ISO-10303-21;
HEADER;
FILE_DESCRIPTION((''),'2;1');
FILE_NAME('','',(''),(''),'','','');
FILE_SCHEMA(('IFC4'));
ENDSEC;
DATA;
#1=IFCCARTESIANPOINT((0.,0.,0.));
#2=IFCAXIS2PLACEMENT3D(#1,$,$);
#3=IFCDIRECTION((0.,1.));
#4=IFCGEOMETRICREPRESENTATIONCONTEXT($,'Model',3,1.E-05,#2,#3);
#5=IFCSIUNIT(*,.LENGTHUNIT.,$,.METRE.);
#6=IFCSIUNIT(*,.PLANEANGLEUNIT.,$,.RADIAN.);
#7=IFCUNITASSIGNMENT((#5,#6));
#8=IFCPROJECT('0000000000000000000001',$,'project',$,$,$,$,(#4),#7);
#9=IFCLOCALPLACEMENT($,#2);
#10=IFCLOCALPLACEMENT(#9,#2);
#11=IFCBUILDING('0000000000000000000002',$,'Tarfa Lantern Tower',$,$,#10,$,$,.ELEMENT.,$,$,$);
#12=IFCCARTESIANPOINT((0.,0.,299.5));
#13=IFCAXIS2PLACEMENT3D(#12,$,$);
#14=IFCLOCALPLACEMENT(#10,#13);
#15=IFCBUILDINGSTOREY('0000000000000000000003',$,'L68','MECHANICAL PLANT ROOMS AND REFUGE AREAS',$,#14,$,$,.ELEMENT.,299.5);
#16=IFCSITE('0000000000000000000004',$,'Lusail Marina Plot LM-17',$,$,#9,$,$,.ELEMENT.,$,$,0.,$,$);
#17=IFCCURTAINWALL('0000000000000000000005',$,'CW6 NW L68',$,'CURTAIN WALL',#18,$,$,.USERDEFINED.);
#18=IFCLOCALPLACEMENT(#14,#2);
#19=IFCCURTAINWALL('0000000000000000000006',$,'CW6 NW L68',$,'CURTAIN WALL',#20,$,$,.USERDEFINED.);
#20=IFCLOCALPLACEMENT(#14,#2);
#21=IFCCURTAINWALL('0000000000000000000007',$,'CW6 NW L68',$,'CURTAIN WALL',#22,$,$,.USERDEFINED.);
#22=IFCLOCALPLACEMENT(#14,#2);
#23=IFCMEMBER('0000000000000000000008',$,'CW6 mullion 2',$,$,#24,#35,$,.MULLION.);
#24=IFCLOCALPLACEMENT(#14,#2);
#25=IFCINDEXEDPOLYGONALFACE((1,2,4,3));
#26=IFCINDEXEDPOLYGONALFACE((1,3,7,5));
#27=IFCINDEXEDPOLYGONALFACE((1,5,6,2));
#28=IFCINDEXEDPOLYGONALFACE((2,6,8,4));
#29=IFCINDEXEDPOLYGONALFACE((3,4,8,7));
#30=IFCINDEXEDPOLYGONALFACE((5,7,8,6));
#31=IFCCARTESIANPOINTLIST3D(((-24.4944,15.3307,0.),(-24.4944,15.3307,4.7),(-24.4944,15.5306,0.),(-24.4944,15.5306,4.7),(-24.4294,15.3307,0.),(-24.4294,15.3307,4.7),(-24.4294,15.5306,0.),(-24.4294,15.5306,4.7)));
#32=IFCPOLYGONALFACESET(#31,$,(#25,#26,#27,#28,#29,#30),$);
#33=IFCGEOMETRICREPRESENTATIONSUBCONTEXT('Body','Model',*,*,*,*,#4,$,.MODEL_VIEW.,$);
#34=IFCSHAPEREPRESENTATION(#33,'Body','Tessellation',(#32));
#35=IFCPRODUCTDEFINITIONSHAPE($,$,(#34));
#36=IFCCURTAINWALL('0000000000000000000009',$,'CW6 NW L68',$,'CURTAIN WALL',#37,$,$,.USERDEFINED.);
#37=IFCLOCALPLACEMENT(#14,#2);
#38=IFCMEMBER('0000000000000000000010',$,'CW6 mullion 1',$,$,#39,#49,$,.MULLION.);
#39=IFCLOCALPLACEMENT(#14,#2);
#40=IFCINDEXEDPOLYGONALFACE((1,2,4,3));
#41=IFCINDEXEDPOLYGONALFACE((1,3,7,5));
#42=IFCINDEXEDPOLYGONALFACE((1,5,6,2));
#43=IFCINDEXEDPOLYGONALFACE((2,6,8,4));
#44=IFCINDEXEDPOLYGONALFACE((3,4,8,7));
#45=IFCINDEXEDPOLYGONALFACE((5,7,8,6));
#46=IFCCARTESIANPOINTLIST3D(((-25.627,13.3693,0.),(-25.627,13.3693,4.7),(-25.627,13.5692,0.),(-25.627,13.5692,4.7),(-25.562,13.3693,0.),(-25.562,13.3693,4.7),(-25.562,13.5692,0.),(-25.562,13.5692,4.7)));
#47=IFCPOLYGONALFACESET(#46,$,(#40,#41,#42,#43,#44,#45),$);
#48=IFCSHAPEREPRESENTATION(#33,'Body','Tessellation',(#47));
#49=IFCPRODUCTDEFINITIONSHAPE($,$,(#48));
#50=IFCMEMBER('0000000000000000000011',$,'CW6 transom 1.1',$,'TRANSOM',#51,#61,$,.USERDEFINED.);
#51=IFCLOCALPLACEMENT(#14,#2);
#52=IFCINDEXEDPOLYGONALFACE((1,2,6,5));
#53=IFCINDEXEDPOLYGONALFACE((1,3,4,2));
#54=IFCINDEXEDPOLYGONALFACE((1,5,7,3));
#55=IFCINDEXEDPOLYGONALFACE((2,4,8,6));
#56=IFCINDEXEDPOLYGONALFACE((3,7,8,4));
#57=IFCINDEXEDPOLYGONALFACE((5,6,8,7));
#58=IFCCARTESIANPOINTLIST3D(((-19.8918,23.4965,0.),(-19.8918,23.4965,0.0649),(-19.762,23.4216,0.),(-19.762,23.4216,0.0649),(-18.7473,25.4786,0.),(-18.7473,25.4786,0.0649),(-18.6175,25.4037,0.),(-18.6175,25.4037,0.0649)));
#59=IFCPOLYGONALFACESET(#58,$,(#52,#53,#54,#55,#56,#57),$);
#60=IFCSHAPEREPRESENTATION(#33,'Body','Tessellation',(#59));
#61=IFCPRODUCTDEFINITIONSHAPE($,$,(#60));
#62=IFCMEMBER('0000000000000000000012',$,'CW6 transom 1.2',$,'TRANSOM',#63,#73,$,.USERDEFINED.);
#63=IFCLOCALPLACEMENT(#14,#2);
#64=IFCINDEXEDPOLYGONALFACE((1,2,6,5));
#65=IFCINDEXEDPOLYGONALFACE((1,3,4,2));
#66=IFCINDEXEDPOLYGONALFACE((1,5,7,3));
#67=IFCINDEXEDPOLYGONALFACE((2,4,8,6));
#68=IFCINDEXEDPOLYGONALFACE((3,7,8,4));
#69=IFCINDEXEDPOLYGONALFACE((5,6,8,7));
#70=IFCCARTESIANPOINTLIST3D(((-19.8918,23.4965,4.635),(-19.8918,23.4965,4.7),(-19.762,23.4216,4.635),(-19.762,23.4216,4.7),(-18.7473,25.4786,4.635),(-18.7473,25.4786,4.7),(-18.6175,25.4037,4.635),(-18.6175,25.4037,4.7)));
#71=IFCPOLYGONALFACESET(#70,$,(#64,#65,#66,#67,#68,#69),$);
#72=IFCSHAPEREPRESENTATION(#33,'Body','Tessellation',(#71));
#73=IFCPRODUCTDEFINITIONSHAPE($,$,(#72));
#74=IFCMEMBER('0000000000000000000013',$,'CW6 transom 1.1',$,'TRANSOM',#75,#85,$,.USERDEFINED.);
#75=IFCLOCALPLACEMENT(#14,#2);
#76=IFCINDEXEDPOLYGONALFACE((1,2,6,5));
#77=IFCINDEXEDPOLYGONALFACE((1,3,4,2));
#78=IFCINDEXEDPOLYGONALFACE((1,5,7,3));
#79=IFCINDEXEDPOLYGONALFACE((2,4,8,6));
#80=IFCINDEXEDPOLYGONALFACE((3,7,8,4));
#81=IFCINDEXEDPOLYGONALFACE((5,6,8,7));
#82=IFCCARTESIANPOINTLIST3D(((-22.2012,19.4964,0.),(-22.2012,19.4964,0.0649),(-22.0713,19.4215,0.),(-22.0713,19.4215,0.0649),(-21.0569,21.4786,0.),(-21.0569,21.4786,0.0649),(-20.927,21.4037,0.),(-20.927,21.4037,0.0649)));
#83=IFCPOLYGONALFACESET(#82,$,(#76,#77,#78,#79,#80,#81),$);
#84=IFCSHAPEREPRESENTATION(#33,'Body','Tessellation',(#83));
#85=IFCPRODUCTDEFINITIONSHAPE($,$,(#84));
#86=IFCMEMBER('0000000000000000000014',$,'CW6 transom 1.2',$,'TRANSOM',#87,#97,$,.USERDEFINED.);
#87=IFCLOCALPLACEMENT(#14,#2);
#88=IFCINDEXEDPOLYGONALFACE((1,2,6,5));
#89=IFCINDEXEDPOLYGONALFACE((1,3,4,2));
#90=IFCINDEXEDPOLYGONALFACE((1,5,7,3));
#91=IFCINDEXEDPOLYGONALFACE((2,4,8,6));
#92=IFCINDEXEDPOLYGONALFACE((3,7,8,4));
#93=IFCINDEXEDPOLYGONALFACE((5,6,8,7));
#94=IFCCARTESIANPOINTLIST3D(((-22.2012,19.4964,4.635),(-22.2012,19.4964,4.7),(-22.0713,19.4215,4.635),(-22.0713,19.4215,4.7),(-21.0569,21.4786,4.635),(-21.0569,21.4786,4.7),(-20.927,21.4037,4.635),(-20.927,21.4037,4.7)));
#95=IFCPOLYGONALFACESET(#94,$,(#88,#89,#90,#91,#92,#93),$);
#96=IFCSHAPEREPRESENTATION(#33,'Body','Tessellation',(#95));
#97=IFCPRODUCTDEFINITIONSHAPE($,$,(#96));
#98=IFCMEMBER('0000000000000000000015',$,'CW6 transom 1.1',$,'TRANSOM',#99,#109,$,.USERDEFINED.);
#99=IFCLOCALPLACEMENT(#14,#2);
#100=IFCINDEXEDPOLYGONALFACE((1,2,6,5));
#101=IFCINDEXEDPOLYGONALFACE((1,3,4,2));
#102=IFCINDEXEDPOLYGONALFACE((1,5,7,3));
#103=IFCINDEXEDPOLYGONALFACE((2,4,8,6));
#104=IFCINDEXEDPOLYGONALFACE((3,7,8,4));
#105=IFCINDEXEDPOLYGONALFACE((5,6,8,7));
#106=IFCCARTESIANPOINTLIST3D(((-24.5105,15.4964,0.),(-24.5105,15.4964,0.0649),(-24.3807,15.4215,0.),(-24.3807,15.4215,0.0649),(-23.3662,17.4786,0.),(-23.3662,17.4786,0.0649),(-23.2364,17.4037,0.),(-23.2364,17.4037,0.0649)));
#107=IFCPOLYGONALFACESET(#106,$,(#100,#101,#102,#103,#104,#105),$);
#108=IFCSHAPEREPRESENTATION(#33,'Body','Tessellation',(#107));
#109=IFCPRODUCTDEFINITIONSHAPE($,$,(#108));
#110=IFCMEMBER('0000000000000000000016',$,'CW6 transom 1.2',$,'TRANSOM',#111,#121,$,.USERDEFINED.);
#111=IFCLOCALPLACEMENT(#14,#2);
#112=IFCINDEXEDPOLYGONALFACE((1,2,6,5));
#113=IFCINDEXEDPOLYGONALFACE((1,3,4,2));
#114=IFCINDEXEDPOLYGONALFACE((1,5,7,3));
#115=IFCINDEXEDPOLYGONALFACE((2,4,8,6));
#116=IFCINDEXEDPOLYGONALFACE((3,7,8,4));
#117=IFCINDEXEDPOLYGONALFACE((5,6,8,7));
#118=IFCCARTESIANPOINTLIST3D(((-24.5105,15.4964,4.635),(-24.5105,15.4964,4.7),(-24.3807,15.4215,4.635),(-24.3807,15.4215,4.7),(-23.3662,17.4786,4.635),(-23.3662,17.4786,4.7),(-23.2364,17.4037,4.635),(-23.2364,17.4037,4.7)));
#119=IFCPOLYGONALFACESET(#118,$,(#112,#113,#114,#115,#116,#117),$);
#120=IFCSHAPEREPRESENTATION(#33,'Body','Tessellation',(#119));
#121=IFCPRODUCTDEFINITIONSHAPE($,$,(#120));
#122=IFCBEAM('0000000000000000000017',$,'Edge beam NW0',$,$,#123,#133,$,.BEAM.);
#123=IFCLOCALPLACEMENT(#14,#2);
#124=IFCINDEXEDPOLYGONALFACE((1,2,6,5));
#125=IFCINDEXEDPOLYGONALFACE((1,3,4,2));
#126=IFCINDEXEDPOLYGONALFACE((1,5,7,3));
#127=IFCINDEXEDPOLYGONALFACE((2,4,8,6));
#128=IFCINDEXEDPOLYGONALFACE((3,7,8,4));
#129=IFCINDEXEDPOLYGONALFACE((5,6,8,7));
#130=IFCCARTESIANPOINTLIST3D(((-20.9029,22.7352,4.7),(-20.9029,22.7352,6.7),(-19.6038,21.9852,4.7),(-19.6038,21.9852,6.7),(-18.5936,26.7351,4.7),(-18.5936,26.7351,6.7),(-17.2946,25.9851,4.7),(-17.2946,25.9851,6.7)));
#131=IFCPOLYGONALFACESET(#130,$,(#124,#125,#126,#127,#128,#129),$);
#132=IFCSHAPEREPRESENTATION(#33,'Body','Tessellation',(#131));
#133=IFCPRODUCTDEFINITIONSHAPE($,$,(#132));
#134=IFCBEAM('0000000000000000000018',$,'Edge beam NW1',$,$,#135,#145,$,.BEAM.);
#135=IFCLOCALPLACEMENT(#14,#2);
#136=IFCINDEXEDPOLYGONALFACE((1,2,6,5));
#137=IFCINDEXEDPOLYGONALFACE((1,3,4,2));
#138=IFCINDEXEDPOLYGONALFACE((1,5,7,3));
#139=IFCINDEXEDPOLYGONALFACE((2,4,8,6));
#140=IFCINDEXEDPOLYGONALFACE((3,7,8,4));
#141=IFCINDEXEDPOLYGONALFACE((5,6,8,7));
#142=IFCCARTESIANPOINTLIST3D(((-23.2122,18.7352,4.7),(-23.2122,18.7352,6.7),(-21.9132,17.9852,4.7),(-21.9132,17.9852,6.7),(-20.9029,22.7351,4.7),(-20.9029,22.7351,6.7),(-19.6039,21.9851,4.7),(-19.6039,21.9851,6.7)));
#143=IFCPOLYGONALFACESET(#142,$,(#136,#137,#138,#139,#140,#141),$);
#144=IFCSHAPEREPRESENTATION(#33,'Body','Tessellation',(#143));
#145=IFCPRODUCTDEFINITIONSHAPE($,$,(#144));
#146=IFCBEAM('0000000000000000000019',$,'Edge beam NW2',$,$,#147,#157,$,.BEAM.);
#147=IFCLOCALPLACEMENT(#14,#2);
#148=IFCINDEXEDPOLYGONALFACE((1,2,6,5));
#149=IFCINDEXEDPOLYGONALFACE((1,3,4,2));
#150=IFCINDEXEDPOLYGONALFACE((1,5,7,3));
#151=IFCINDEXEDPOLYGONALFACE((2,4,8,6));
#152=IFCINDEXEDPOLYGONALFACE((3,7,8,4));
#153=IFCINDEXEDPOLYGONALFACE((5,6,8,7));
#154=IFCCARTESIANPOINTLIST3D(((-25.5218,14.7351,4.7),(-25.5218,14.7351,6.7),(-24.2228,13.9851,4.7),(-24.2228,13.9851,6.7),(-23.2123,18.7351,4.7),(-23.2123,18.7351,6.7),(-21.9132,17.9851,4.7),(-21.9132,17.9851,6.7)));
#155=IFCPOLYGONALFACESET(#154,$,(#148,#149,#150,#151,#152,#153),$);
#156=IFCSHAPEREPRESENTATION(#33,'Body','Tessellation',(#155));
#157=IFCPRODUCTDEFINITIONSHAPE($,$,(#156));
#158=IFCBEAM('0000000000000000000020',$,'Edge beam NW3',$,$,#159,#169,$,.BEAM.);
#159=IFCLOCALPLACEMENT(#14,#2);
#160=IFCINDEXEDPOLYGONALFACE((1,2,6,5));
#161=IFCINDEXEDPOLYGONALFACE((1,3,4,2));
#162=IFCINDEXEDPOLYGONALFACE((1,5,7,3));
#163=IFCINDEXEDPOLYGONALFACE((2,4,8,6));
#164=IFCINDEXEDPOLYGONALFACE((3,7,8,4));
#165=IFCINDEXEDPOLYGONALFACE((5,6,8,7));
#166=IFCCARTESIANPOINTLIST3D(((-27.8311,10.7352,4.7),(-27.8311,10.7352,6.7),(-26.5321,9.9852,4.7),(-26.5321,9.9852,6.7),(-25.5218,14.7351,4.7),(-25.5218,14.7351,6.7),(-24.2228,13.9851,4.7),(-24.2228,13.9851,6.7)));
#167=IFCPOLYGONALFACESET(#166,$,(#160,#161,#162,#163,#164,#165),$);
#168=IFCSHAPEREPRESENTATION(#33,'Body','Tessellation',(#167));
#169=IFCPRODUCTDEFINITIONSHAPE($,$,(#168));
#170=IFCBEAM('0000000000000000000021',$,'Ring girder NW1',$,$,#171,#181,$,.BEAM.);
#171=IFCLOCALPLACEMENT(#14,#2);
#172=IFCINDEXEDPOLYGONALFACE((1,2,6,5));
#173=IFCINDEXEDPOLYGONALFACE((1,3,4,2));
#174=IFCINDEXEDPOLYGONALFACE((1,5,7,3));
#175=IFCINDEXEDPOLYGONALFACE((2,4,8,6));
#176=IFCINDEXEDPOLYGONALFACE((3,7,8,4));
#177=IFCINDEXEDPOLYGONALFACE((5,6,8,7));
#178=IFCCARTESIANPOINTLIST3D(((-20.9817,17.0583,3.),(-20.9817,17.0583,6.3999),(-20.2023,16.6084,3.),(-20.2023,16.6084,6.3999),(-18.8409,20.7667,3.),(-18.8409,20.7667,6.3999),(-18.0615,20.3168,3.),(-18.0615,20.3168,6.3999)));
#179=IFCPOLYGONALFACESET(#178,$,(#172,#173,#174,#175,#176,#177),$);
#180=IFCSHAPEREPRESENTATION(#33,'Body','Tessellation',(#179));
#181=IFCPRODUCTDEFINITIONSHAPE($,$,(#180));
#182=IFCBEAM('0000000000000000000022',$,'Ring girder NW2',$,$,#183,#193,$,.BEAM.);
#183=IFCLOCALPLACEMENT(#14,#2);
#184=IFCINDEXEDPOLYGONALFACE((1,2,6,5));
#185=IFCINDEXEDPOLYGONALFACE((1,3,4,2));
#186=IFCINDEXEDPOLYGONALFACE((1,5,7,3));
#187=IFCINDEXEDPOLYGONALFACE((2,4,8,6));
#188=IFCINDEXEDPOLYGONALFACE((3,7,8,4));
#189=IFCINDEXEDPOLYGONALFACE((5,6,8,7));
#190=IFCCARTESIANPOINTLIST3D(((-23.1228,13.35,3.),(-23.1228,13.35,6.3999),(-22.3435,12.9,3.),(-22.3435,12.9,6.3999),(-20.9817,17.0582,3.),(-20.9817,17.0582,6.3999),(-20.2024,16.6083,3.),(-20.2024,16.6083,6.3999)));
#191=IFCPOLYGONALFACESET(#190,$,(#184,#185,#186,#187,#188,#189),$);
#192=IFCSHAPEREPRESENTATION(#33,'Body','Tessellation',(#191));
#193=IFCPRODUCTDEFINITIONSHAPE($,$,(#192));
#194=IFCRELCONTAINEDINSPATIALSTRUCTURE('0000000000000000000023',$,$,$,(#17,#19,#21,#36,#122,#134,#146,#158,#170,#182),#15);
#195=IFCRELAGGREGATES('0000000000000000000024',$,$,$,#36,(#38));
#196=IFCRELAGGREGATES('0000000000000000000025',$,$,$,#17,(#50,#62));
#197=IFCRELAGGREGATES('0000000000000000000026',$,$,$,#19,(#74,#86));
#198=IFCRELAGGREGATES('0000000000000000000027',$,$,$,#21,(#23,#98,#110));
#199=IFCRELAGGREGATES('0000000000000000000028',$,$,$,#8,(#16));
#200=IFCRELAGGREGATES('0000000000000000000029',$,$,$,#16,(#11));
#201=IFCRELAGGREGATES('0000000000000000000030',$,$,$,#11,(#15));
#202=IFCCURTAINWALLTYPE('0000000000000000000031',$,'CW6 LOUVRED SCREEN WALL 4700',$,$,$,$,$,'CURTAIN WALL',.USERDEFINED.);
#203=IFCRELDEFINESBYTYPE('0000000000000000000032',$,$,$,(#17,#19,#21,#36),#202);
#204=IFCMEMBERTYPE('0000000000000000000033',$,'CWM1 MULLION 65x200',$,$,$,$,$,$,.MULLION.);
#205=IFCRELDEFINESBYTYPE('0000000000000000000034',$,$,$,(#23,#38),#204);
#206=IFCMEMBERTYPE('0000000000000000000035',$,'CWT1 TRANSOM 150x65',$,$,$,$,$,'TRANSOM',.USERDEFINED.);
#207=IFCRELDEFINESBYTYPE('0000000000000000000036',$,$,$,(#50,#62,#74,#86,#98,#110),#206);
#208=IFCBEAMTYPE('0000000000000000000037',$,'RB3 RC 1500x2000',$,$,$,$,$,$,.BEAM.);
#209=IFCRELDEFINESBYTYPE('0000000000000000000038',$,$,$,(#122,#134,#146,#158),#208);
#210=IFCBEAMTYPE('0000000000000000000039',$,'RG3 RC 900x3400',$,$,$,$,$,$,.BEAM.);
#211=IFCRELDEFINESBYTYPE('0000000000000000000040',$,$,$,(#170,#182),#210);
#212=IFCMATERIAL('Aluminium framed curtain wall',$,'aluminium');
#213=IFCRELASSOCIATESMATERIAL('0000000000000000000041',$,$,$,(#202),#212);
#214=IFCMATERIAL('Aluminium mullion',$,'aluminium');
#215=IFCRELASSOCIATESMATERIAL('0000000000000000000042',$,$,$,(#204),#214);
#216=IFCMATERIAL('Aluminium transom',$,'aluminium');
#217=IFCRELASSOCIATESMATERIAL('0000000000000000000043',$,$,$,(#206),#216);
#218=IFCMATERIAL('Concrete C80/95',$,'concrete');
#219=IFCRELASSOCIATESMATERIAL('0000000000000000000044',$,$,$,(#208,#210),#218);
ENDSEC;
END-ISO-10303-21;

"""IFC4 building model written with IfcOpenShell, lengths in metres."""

from ifc_helpers import new_model, si_unit, direction, frame, origin, origin_2d, place, context, subcontext, project, spatial, rectangle, extrude, material, material_profile, profile_set, type_object, element, aggregate, save


model = new_model("IFC4")

# Units and contexts
model_context = context("Model", 3, precision=1e-05, world=origin(), true_north=direction((0.0, 1.0)))
body_context = subcontext(model_context, "Body", "Model", "MODEL_VIEW")
ifc_project = project(units=[si_unit("LENGTHUNIT", "METRE"), si_unit("PLANEANGLEUNIT", "RADIAN")], contexts=[model_context])

# Site, building, storey
site_placement = place(None, origin())
site = spatial("IfcSite", under=ifc_project, at=site_placement, Name="Lusail Marina Plot LM-17", CompositionType="ELEMENT", RefElevation=0.0)
building_placement = place(site_placement, origin())
building = spatial("IfcBuilding", under=site, at=building_placement, Name="Tarfa Lantern Tower", CompositionType="ELEMENT")
storey_placement = place(building_placement, frame((0.0, 0.0, 299.5)))
storey = spatial("IfcBuildingStorey", under=building, at=storey_placement, Name="L68", Description="MECHANICAL PLANT ROOMS AND REFUGE AREAS", CompositionType="ELEMENT", Elevation=299.5)

# Shared definitions
ifc_material_1 = material(Name="Concrete C80/95", Category="concrete")

# Curtain walls, member
ifc_material_2 = material(Name="Aluminium framed curtain wall", Category="aluminium")
curtain_wall_type = type_object("IfcCurtainWallType", Name="CW6 LOUVRED SCREEN WALL 4700", ElementType="CURTAIN WALL", PredefinedType="USERDEFINED", material=ifc_material_2)
curtain_wall_1_placement = place(storey_placement, origin())
curtain_wall_1 = element("IfcCurtainWall", 1, at=curtain_wall_1_placement, inside=storey, type_object=curtain_wall_type, Name="CW6 NW L68", ObjectType="CURTAIN WALL", PredefinedType="USERDEFINED")
ifc_material_3 = material(Name="Aluminium mullion", Category="aluminium")
ifc_material_profile_1 = material_profile(ifc_material_3, rectangle(XDim=0.0649, YDim=0.2, at=origin_2d()), Name="AL MULLION 65x200")
ifc_profile_set_1 = profile_set([ifc_material_profile_1], Name="Aluminium mullion")
member_type_1 = type_object("IfcMemberType", Name="CWM1 MULLION 65x200", PredefinedType="MULLION", material=ifc_profile_set_1)
curtain_wall_2_placement = place(storey_placement, origin())
curtain_wall_2 = element("IfcCurtainWall", 2, at=curtain_wall_2_placement, inside=storey, type_object=curtain_wall_type, Name="CW6 NW L68", ObjectType="CURTAIN WALL", PredefinedType="USERDEFINED")
curtain_wall_3_placement = place(storey_placement, origin())
curtain_wall_3 = element("IfcCurtainWall", 3, at=curtain_wall_3_placement, inside=storey, type_object=curtain_wall_type, Name="CW6 NW L68", ObjectType="CURTAIN WALL", PredefinedType="USERDEFINED")
member_1_placement = place(storey_placement, frame((-24.4619, 15.4307, 0.0), z_axis=(0.0, 0.0, 1.0), x_axis=(1.0, 0.0, 0.0)))
member_1 = element("IfcMember", 4, at=member_1_placement, type_object=member_type_1, Name="CW6 mullion 2", PredefinedType="MULLION", context=body_context, shape_type="SweptSolid", body=[
    extrude(rectangle(XDim=0.0649, YDim=0.2, at=origin_2d()), origin(), (0.0, 0.0, 1.0), 4.7),
])

# Curtain wall, member
curtain_wall_4_placement = place(storey_placement, origin())
curtain_wall_4 = element("IfcCurtainWall", 5, at=curtain_wall_4_placement, inside=storey, type_object=curtain_wall_type, Name="CW6 NW L68", ObjectType="CURTAIN WALL", PredefinedType="USERDEFINED")
member_2_placement = place(storey_placement, frame((-25.5945, 13.4692, 0.0), z_axis=(0.0, 0.0, 1.0), x_axis=(1.0, 0.0, 0.0)))
member_2 = element("IfcMember", 6, at=member_2_placement, type_object=member_type_1, Name="CW6 mullion 1", PredefinedType="MULLION", context=body_context, shape_type="SweptSolid", body=[
    extrude(rectangle(XDim=0.0649, YDim=0.2, at=origin_2d()), origin(), (0.0, 0.0, 1.0), 4.7),
])
aggregate(curtain_wall_4, [member_2])

# Members
ifc_material_4 = material(Name="Aluminium transom", Category="aluminium")
ifc_material_profile_2 = material_profile(ifc_material_4, rectangle(XDim=0.1499, YDim=0.0649, at=origin_2d()), Name="AL TRANSOM 150x65")
ifc_profile_set_2 = profile_set([ifc_material_profile_2], Name="Aluminium transom")
member_type_2 = type_object("IfcMemberType", Name="CWT1 TRANSOM 150x65", ElementType="TRANSOM", PredefinedType="USERDEFINED", material=ifc_profile_set_2)
member_3_placement = place(storey_placement, frame((-18.6824, 25.4412, 0.0325), z_axis=(-0.500039, -0.866003, 0.0), x_axis=(0.866003, -0.500039, 0.0)))
member_3 = element("IfcMember", 7, at=member_3_placement, type_object=member_type_2, Name="CW6 transom 1.1", ObjectType="TRANSOM", PredefinedType="USERDEFINED", context=body_context, shape_type="SweptSolid", body=[
    extrude(rectangle(XDim=0.1499, YDim=0.0649, at=origin_2d()), origin(), (0.0, 0.0, 1.0), 2.2888),
])
member_4_placement = place(storey_placement, frame((-18.6824, 25.4412, 4.6675), z_axis=(-0.500039, -0.866003, 0.0), x_axis=(0.866003, -0.500039, 0.0)))
member_4 = element("IfcMember", 8, at=member_4_placement, type_object=member_type_2, Name="CW6 transom 1.2", ObjectType="TRANSOM", PredefinedType="USERDEFINED", context=body_context, shape_type="SweptSolid", body=[
    extrude(rectangle(XDim=0.1499, YDim=0.0649, at=origin_2d()), origin(), (0.0, 0.0, 1.0), 2.2888),
])
member_5_placement = place(storey_placement, frame((-20.9919, 21.4412, 0.0325), z_axis=(-0.499959, -0.866049, 0.0), x_axis=(0.866049, -0.499959, 0.0)))
member_5 = element("IfcMember", 9, at=member_5_placement, type_object=member_type_2, Name="CW6 transom 1.1", ObjectType="TRANSOM", PredefinedType="USERDEFINED", context=body_context, shape_type="SweptSolid", body=[
    extrude(rectangle(XDim=0.1499, YDim=0.0649, at=origin_2d()), origin(), (0.0, 0.0, 1.0), 2.2888),
])
member_6_placement = place(storey_placement, frame((-20.9919, 21.4412, 4.6675), z_axis=(-0.499959, -0.866049, 0.0), x_axis=(0.866049, -0.499959, 0.0)))
member_6 = element("IfcMember", 10, at=member_6_placement, type_object=member_type_2, Name="CW6 transom 1.2", ObjectType="TRANSOM", PredefinedType="USERDEFINED", context=body_context, shape_type="SweptSolid", body=[
    extrude(rectangle(XDim=0.1499, YDim=0.0649, at=origin_2d()), origin(), (0.0, 0.0, 1.0), 2.2888),
])
member_7_placement = place(storey_placement, frame((-23.3013, 17.4412, 0.0325), z_axis=(-0.499959, -0.866049, 0.0), x_axis=(0.866049, -0.499959, 0.0)))
member_7 = element("IfcMember", 11, at=member_7_placement, type_object=member_type_2, Name="CW6 transom 1.1", ObjectType="TRANSOM", PredefinedType="USERDEFINED", context=body_context, shape_type="SweptSolid", body=[
    extrude(rectangle(XDim=0.1499, YDim=0.0649, at=origin_2d()), origin(), (0.0, 0.0, 1.0), 2.2888),
])
member_8_placement = place(storey_placement, frame((-23.3013, 17.4412, 4.6675), z_axis=(-0.499959, -0.866049, 0.0), x_axis=(0.866049, -0.499959, 0.0)))
member_8 = element("IfcMember", 12, at=member_8_placement, type_object=member_type_2, Name="CW6 transom 1.2", ObjectType="TRANSOM", PredefinedType="USERDEFINED", context=body_context, shape_type="SweptSolid", body=[
    extrude(rectangle(XDim=0.1499, YDim=0.0649, at=origin_2d()), origin(), (0.0, 0.0, 1.0), 2.2888),
])

# Beams
ifc_material_profile_3 = material_profile(ifc_material_1, rectangle(XDim=1.5, YDim=2.0, at=origin_2d()), Name="RC 1500x2000")
ifc_profile_set_3 = profile_set([ifc_material_profile_3], Name="Concrete C80/95")
beam_type_1 = type_object("IfcBeamType", Name="RB3 RC 1500x2000", PredefinedType="BEAM", material=ifc_profile_set_3)
for number, where, z_axis, x_axis, name in (
    (13, (-17.9441, 26.3601, 5.7), (-0.499988, -0.866032, 0.0), (0.866032, -0.499988, 0.0), "Edge beam NW0"),
    (14, (-20.2534, 22.3601, 5.7), (-0.499988, -0.866032, 0.0), (0.866032, -0.499988, 0.0), "Edge beam NW1"),
):
    element("IfcBeam", number, at=place(storey_placement, frame(where, z_axis=z_axis, x_axis=x_axis)), inside=storey, type_object=beam_type_1, Name=name, PredefinedType="BEAM", context=body_context, shape_type="SweptSolid", body=[
        extrude(rectangle(XDim=1.5, YDim=2.0, at=origin_2d()), origin(), (0.0, 0.0, 1.0), 4.6187),
    ])
beam_1_placement = place(storey_placement, frame((-22.5627, 18.3601, 5.7), z_axis=(-0.500027, -0.86601, 0.0), x_axis=(0.86601, -0.500027, 0.0)))
element("IfcBeam", 15, at=beam_1_placement, inside=storey, type_object=beam_type_1, Name="Edge beam NW2", PredefinedType="BEAM", context=body_context, shape_type="SweptSolid", body=[
    extrude(rectangle(XDim=1.5, YDim=2.0, at=origin_2d()), origin(), (0.0, 0.0, 1.0), 4.6189),
])
beam_2_placement = place(storey_placement, frame((-24.8723, 14.3601, 5.7), z_axis=(-0.499988, -0.866032, 0.0), x_axis=(0.866032, -0.499988, 0.0)))
element("IfcBeam", 16, at=beam_2_placement, inside=storey, type_object=beam_type_1, Name="Edge beam NW3", PredefinedType="BEAM", context=body_context, shape_type="SweptSolid", body=[
    extrude(rectangle(XDim=1.5, YDim=2.0, at=origin_2d()), origin(), (0.0, 0.0, 1.0), 4.6187),
])
ifc_material_profile_4 = material_profile(ifc_material_1, rectangle(XDim=0.8999, YDim=3.3999, at=origin_2d()), Name="RC 900x3400")
ifc_profile_set_4 = profile_set([ifc_material_profile_4], Name="Concrete C80/95")
beam_type_2 = type_object("IfcBeamType", Name="RG3 RC 900x3400", PredefinedType="BEAM", material=ifc_profile_set_4)
for number, where, z_axis, x_axis, name in (
    (17, (-18.4512, 20.5417, 4.7), (-0.499959, -0.866049, 0.0), (0.866049, -0.499959, 0.0), "Ring girder NW1"),
    (18, (-20.592, 16.8333, 4.7), (-0.500027, -0.86601, 0.0), (0.86601, -0.500027, 0.0), "Ring girder NW2"),
):
    element("IfcBeam", number, at=place(storey_placement, frame(where, z_axis=z_axis, x_axis=x_axis)), inside=storey, type_object=beam_type_2, Name=name, PredefinedType="BEAM", context=body_context, shape_type="SweptSolid", body=[
        extrude(rectangle(XDim=0.8999, YDim=3.3999, at=origin_2d()), origin(), (0.0, 0.0, 1.0), 4.282),
    ])

aggregate(curtain_wall_1, [member_3, member_4])
aggregate(curtain_wall_2, [member_5, member_6])
aggregate(curtain_wall_3, [member_1, member_7, member_8])

save(model, "model.ifc")
